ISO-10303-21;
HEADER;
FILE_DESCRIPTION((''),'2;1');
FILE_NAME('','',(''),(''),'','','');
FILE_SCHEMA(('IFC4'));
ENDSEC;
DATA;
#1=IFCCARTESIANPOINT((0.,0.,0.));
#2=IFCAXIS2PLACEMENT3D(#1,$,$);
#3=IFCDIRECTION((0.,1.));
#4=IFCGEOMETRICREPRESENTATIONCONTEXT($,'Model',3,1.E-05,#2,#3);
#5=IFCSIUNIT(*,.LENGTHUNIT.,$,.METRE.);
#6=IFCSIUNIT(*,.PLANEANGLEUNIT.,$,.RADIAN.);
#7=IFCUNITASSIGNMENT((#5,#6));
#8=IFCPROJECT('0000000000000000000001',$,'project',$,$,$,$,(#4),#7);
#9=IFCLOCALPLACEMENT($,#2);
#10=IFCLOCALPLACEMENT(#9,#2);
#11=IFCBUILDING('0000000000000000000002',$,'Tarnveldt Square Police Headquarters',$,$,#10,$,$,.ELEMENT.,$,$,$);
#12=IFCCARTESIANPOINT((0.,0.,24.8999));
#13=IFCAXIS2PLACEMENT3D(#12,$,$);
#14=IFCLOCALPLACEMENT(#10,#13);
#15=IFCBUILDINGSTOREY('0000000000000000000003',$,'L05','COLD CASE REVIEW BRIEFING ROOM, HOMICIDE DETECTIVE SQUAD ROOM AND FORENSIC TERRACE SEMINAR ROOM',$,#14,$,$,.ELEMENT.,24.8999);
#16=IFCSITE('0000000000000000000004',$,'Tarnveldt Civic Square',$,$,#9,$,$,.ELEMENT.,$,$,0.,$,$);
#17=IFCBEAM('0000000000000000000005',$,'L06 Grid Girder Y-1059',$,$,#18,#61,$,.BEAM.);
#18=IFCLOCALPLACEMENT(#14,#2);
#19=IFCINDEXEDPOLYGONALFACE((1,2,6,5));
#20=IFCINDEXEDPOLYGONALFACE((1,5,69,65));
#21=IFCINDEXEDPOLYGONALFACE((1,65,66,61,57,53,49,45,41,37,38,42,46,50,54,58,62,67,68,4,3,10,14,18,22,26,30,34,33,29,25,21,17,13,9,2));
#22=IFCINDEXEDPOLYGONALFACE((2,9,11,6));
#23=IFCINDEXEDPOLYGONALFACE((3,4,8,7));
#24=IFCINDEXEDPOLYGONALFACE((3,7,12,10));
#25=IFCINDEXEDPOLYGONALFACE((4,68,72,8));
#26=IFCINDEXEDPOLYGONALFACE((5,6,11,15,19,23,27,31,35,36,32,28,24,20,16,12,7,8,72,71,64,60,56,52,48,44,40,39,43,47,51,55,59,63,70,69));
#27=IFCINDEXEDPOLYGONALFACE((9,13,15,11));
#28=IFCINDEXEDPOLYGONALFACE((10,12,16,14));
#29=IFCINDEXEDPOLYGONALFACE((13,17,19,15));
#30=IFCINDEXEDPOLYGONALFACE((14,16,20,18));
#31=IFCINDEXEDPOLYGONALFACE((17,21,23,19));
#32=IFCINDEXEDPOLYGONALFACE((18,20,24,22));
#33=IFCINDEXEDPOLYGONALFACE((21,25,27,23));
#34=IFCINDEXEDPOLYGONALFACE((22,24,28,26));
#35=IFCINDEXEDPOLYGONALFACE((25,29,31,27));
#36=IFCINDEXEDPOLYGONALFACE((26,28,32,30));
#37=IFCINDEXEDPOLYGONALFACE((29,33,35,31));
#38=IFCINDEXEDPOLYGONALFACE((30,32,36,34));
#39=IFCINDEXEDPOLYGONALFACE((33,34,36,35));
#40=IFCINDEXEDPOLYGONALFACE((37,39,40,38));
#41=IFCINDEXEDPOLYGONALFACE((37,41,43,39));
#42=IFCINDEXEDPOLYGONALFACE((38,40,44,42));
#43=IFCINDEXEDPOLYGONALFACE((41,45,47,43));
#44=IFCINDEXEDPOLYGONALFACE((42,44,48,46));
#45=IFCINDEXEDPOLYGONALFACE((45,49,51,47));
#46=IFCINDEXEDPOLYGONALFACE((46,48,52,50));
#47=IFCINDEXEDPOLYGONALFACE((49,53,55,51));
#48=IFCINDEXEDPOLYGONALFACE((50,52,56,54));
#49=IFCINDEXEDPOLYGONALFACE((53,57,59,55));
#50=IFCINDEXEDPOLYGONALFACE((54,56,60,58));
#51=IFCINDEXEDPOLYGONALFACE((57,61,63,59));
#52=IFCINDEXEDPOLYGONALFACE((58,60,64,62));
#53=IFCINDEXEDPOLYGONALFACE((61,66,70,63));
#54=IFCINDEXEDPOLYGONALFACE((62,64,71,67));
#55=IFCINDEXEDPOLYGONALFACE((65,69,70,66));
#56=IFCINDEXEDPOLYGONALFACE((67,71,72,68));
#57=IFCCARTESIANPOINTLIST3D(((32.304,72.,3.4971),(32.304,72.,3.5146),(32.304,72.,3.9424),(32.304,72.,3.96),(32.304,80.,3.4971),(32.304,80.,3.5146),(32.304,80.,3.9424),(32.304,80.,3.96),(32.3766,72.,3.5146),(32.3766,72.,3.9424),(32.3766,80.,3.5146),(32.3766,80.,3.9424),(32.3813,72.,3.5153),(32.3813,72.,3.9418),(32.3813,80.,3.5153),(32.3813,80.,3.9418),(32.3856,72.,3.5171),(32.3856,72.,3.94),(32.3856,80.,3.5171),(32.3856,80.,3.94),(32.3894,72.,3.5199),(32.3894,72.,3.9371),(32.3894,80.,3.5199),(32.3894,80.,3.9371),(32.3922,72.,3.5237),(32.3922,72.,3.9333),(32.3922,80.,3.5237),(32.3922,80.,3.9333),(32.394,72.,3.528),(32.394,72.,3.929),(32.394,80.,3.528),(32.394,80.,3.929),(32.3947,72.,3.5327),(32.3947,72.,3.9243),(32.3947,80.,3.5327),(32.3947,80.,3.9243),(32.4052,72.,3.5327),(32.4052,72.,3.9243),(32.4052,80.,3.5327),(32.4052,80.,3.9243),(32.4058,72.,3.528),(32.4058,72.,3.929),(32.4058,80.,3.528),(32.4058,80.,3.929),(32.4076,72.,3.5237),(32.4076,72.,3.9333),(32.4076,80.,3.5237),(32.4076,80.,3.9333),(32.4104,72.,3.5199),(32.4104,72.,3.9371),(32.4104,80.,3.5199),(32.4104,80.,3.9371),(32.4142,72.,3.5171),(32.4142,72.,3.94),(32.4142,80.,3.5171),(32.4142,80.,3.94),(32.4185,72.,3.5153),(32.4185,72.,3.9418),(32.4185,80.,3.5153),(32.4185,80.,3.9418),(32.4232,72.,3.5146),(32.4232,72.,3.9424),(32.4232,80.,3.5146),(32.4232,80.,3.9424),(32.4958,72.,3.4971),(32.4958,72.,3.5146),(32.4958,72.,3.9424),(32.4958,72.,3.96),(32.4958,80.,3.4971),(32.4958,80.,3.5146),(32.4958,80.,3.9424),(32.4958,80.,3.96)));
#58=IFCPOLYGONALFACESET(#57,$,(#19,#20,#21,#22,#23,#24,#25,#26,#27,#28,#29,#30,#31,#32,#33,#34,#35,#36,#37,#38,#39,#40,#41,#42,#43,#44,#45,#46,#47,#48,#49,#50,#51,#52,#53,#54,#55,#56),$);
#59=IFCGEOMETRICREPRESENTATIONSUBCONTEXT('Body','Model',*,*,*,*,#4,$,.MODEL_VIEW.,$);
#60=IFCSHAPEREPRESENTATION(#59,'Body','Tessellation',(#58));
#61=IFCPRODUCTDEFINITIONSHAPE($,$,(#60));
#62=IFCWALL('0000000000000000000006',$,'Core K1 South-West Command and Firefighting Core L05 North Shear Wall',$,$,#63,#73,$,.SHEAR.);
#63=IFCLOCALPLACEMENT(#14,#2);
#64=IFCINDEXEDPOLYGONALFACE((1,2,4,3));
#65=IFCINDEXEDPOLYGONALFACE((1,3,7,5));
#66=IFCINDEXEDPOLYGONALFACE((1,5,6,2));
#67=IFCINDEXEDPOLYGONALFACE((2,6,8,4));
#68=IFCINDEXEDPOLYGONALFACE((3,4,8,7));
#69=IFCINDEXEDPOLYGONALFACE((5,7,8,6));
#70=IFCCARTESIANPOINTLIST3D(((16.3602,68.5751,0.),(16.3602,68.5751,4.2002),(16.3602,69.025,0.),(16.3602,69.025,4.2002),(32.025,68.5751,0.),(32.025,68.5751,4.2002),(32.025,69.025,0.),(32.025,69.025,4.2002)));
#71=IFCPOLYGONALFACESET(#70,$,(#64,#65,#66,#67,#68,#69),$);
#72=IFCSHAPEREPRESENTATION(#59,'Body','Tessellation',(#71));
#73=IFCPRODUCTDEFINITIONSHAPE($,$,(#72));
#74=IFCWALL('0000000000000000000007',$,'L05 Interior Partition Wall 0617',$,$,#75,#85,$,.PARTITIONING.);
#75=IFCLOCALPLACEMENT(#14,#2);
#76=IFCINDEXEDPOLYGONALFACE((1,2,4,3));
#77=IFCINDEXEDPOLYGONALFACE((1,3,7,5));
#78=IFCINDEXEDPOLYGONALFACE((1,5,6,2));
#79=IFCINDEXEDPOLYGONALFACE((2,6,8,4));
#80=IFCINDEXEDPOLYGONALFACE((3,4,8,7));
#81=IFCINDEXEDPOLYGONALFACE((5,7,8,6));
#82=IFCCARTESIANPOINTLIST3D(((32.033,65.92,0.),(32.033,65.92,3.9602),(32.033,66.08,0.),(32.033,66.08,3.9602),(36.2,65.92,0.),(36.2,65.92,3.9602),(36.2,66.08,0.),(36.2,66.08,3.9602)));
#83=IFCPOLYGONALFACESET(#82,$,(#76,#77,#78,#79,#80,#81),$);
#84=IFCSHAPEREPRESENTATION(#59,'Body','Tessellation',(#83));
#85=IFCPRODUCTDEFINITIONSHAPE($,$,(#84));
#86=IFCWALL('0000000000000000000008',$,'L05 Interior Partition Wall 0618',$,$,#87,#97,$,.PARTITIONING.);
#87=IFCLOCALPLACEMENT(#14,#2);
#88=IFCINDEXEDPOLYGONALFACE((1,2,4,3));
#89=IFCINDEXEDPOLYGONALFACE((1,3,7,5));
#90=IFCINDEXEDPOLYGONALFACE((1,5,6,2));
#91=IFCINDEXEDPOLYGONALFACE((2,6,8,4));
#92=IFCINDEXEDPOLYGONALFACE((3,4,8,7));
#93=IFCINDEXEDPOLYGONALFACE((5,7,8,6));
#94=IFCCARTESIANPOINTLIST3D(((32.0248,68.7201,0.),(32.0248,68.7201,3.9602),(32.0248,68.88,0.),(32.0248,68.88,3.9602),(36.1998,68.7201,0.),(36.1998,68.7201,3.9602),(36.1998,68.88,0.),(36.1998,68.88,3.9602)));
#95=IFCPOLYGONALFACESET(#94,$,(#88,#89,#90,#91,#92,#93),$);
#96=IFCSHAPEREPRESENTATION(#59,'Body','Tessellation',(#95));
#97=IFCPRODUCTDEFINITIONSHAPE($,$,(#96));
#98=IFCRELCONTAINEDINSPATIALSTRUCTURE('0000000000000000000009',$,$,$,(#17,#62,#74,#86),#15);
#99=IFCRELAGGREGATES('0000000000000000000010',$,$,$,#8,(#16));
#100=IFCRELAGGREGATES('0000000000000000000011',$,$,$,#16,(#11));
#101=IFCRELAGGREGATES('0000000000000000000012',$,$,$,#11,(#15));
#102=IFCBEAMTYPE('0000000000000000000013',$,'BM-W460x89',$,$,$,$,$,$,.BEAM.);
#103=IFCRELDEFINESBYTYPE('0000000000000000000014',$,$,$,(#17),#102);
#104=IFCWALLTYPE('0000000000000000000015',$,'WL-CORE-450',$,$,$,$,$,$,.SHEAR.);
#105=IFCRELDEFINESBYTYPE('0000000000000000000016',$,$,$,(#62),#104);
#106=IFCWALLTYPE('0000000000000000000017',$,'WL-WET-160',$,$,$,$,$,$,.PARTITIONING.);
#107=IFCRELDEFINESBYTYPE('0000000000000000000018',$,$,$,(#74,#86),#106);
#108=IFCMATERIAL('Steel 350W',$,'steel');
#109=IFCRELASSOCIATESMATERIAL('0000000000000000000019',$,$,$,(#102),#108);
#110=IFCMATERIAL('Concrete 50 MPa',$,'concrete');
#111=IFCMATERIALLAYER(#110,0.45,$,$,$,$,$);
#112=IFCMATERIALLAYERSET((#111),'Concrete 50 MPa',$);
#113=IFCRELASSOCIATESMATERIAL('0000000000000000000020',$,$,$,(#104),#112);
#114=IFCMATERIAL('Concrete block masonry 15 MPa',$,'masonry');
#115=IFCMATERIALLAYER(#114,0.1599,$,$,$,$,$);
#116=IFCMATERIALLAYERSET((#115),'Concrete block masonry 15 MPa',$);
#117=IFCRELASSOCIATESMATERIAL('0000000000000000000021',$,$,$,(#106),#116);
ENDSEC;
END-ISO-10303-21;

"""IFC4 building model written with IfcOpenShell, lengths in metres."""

from ifc_helpers import new_model, si_unit, direction, frame, frame_2d, origin, origin_2d, place, context, subcontext, project, spatial, rectangle, i_section, extrude, material, layer, layer_set, material_profile, profile_set, type_object, element, save


model = new_model("IFC4")

# Units and contexts
model_context = context("Model", 3, precision=1e-05, world=origin(), true_north=direction((0.0, 1.0)))
body_context = subcontext(model_context, "Body", "Model", "MODEL_VIEW")
ifc_project = project(units=[si_unit("LENGTHUNIT", "METRE"), si_unit("PLANEANGLEUNIT", "RADIAN")], contexts=[model_context])

# Site, building, storey
site_placement = place(None, origin())
site = spatial("IfcSite", under=ifc_project, at=site_placement, Name="Tarnveldt Civic Square", CompositionType="ELEMENT", RefElevation=0.0)
building_placement = place(site_placement, origin())
building = spatial("IfcBuilding", under=site, at=building_placement, Name="Tarnveldt Square Police Headquarters", CompositionType="ELEMENT")
storey_placement = place(building_placement, frame((0.0, 0.0, 24.8999)))
storey = spatial("IfcBuildingStorey", under=building, at=storey_placement, Name="L05", Description="COLD CASE REVIEW BRIEFING ROOM, HOMICIDE DETECTIVE SQUAD ROOM AND FORENSIC TERRACE SEMINAR ROOM", CompositionType="ELEMENT", Elevation=24.8999)

# Shared definitions
ifc_material_1 = material(Name="Steel 350W", Category="steel")

# Beam
ifc_material_2 = material(Name="Concrete 50 MPa", Category="concrete")
ifc_material_profile_1 = material_profile(ifc_material_1, i_section(OverallWidth=0.1919, OverallDepth=0.4629, WebThickness=0.0105, FlangeThickness=0.0176, FilletRadius=0.0181, at=origin_2d()), Name="W460x89")
ifc_profile_set_1 = profile_set([ifc_material_profile_1], Name="Steel 350W")
beam_type_1 = type_object("IfcBeamType", Name="BM-W460x89", PredefinedType="BEAM", material=ifc_profile_set_1)
beam_1_placement = place(storey_placement, frame((32.3999, 72.0, 3.7285), z_axis=(0.0, 1.0, 0.0), x_axis=(-1.0, 0.0, 0.0)))
element("IfcBeam", 1, at=beam_1_placement, inside=storey, type_object=beam_type_1, Name="L06 Grid Girder Y-1059", PredefinedType="BEAM", context=body_context, shape_type="SweptSolid", body=[
    extrude(i_section(OverallWidth=0.1919, OverallDepth=0.4629, WebThickness=0.0105, FlangeThickness=0.0176, FilletRadius=0.0181, at=origin_2d()), origin(), (0.0, 0.0, 1.0), 8.0),
])

# Walls
ifc_layer_1 = layer(ifc_material_2, 0.45)
ifc_layer_set_1 = layer_set([ifc_layer_1], Name="Concrete 50 MPa")
wall_type_1 = type_object("IfcWallType", Name="WL-CORE-450", PredefinedType="SHEAR", material=ifc_layer_set_1)
wall_1_placement = place(storey_placement, frame((16.3601, 68.8, 0.0), z_axis=(0.0, 0.0, 1.0), x_axis=(1.0, 0.0, 0.0)))
element("IfcWall", 2, at=wall_1_placement, inside=storey, type_object=wall_type_1, Name="Core K1 South-West Command and Firefighting Core L05 North Shear Wall", PredefinedType="SHEAR", context=body_context, shape_type="SweptSolid", body=[
    extrude(rectangle(XDim=15.6648, YDim=0.45, at=frame_2d((7.8325, 0.0))), origin(), (0.0, 0.0, 1.0), 4.2002),
])
ifc_material_3 = material(Name="Concrete block masonry 15 MPa", Category="masonry")
ifc_layer_2 = layer(ifc_material_3, 0.1599)
ifc_layer_set_2 = layer_set([ifc_layer_2], Name="Concrete block masonry 15 MPa")
wall_type_2 = type_object("IfcWallType", Name="WL-WET-160", PredefinedType="PARTITIONING", material=ifc_layer_set_2)
wall_2_placement = place(storey_placement, frame((32.033, 66.0, 0.0), z_axis=(0.0, 0.0, 1.0), x_axis=(1.0, 0.0, 0.0)))
element("IfcWall", 3, at=wall_2_placement, inside=storey, type_object=wall_type_2, Name="L05 Interior Partition Wall 0617", PredefinedType="PARTITIONING", context=body_context, shape_type="SweptSolid", body=[
    extrude(rectangle(XDim=4.167, YDim=0.1599, at=frame_2d((2.0835, 0.0))), origin(), (0.0, 0.0, 1.0), 3.9602),
])
wall_3_placement = place(storey_placement, frame((32.0249, 68.8, 0.0), z_axis=(0.0, 0.0, 1.0), x_axis=(1.0, 0.0, 0.0)))
element("IfcWall", 4, at=wall_3_placement, inside=storey, type_object=wall_type_2, Name="L05 Interior Partition Wall 0618", PredefinedType="PARTITIONING", context=body_context, shape_type="SweptSolid", body=[
    extrude(rectangle(XDim=4.175, YDim=0.1599, at=frame_2d((2.0874, 0.0))), origin(), (0.0, 0.0, 1.0), 3.9602),
])

save(model, "model.ifc")
